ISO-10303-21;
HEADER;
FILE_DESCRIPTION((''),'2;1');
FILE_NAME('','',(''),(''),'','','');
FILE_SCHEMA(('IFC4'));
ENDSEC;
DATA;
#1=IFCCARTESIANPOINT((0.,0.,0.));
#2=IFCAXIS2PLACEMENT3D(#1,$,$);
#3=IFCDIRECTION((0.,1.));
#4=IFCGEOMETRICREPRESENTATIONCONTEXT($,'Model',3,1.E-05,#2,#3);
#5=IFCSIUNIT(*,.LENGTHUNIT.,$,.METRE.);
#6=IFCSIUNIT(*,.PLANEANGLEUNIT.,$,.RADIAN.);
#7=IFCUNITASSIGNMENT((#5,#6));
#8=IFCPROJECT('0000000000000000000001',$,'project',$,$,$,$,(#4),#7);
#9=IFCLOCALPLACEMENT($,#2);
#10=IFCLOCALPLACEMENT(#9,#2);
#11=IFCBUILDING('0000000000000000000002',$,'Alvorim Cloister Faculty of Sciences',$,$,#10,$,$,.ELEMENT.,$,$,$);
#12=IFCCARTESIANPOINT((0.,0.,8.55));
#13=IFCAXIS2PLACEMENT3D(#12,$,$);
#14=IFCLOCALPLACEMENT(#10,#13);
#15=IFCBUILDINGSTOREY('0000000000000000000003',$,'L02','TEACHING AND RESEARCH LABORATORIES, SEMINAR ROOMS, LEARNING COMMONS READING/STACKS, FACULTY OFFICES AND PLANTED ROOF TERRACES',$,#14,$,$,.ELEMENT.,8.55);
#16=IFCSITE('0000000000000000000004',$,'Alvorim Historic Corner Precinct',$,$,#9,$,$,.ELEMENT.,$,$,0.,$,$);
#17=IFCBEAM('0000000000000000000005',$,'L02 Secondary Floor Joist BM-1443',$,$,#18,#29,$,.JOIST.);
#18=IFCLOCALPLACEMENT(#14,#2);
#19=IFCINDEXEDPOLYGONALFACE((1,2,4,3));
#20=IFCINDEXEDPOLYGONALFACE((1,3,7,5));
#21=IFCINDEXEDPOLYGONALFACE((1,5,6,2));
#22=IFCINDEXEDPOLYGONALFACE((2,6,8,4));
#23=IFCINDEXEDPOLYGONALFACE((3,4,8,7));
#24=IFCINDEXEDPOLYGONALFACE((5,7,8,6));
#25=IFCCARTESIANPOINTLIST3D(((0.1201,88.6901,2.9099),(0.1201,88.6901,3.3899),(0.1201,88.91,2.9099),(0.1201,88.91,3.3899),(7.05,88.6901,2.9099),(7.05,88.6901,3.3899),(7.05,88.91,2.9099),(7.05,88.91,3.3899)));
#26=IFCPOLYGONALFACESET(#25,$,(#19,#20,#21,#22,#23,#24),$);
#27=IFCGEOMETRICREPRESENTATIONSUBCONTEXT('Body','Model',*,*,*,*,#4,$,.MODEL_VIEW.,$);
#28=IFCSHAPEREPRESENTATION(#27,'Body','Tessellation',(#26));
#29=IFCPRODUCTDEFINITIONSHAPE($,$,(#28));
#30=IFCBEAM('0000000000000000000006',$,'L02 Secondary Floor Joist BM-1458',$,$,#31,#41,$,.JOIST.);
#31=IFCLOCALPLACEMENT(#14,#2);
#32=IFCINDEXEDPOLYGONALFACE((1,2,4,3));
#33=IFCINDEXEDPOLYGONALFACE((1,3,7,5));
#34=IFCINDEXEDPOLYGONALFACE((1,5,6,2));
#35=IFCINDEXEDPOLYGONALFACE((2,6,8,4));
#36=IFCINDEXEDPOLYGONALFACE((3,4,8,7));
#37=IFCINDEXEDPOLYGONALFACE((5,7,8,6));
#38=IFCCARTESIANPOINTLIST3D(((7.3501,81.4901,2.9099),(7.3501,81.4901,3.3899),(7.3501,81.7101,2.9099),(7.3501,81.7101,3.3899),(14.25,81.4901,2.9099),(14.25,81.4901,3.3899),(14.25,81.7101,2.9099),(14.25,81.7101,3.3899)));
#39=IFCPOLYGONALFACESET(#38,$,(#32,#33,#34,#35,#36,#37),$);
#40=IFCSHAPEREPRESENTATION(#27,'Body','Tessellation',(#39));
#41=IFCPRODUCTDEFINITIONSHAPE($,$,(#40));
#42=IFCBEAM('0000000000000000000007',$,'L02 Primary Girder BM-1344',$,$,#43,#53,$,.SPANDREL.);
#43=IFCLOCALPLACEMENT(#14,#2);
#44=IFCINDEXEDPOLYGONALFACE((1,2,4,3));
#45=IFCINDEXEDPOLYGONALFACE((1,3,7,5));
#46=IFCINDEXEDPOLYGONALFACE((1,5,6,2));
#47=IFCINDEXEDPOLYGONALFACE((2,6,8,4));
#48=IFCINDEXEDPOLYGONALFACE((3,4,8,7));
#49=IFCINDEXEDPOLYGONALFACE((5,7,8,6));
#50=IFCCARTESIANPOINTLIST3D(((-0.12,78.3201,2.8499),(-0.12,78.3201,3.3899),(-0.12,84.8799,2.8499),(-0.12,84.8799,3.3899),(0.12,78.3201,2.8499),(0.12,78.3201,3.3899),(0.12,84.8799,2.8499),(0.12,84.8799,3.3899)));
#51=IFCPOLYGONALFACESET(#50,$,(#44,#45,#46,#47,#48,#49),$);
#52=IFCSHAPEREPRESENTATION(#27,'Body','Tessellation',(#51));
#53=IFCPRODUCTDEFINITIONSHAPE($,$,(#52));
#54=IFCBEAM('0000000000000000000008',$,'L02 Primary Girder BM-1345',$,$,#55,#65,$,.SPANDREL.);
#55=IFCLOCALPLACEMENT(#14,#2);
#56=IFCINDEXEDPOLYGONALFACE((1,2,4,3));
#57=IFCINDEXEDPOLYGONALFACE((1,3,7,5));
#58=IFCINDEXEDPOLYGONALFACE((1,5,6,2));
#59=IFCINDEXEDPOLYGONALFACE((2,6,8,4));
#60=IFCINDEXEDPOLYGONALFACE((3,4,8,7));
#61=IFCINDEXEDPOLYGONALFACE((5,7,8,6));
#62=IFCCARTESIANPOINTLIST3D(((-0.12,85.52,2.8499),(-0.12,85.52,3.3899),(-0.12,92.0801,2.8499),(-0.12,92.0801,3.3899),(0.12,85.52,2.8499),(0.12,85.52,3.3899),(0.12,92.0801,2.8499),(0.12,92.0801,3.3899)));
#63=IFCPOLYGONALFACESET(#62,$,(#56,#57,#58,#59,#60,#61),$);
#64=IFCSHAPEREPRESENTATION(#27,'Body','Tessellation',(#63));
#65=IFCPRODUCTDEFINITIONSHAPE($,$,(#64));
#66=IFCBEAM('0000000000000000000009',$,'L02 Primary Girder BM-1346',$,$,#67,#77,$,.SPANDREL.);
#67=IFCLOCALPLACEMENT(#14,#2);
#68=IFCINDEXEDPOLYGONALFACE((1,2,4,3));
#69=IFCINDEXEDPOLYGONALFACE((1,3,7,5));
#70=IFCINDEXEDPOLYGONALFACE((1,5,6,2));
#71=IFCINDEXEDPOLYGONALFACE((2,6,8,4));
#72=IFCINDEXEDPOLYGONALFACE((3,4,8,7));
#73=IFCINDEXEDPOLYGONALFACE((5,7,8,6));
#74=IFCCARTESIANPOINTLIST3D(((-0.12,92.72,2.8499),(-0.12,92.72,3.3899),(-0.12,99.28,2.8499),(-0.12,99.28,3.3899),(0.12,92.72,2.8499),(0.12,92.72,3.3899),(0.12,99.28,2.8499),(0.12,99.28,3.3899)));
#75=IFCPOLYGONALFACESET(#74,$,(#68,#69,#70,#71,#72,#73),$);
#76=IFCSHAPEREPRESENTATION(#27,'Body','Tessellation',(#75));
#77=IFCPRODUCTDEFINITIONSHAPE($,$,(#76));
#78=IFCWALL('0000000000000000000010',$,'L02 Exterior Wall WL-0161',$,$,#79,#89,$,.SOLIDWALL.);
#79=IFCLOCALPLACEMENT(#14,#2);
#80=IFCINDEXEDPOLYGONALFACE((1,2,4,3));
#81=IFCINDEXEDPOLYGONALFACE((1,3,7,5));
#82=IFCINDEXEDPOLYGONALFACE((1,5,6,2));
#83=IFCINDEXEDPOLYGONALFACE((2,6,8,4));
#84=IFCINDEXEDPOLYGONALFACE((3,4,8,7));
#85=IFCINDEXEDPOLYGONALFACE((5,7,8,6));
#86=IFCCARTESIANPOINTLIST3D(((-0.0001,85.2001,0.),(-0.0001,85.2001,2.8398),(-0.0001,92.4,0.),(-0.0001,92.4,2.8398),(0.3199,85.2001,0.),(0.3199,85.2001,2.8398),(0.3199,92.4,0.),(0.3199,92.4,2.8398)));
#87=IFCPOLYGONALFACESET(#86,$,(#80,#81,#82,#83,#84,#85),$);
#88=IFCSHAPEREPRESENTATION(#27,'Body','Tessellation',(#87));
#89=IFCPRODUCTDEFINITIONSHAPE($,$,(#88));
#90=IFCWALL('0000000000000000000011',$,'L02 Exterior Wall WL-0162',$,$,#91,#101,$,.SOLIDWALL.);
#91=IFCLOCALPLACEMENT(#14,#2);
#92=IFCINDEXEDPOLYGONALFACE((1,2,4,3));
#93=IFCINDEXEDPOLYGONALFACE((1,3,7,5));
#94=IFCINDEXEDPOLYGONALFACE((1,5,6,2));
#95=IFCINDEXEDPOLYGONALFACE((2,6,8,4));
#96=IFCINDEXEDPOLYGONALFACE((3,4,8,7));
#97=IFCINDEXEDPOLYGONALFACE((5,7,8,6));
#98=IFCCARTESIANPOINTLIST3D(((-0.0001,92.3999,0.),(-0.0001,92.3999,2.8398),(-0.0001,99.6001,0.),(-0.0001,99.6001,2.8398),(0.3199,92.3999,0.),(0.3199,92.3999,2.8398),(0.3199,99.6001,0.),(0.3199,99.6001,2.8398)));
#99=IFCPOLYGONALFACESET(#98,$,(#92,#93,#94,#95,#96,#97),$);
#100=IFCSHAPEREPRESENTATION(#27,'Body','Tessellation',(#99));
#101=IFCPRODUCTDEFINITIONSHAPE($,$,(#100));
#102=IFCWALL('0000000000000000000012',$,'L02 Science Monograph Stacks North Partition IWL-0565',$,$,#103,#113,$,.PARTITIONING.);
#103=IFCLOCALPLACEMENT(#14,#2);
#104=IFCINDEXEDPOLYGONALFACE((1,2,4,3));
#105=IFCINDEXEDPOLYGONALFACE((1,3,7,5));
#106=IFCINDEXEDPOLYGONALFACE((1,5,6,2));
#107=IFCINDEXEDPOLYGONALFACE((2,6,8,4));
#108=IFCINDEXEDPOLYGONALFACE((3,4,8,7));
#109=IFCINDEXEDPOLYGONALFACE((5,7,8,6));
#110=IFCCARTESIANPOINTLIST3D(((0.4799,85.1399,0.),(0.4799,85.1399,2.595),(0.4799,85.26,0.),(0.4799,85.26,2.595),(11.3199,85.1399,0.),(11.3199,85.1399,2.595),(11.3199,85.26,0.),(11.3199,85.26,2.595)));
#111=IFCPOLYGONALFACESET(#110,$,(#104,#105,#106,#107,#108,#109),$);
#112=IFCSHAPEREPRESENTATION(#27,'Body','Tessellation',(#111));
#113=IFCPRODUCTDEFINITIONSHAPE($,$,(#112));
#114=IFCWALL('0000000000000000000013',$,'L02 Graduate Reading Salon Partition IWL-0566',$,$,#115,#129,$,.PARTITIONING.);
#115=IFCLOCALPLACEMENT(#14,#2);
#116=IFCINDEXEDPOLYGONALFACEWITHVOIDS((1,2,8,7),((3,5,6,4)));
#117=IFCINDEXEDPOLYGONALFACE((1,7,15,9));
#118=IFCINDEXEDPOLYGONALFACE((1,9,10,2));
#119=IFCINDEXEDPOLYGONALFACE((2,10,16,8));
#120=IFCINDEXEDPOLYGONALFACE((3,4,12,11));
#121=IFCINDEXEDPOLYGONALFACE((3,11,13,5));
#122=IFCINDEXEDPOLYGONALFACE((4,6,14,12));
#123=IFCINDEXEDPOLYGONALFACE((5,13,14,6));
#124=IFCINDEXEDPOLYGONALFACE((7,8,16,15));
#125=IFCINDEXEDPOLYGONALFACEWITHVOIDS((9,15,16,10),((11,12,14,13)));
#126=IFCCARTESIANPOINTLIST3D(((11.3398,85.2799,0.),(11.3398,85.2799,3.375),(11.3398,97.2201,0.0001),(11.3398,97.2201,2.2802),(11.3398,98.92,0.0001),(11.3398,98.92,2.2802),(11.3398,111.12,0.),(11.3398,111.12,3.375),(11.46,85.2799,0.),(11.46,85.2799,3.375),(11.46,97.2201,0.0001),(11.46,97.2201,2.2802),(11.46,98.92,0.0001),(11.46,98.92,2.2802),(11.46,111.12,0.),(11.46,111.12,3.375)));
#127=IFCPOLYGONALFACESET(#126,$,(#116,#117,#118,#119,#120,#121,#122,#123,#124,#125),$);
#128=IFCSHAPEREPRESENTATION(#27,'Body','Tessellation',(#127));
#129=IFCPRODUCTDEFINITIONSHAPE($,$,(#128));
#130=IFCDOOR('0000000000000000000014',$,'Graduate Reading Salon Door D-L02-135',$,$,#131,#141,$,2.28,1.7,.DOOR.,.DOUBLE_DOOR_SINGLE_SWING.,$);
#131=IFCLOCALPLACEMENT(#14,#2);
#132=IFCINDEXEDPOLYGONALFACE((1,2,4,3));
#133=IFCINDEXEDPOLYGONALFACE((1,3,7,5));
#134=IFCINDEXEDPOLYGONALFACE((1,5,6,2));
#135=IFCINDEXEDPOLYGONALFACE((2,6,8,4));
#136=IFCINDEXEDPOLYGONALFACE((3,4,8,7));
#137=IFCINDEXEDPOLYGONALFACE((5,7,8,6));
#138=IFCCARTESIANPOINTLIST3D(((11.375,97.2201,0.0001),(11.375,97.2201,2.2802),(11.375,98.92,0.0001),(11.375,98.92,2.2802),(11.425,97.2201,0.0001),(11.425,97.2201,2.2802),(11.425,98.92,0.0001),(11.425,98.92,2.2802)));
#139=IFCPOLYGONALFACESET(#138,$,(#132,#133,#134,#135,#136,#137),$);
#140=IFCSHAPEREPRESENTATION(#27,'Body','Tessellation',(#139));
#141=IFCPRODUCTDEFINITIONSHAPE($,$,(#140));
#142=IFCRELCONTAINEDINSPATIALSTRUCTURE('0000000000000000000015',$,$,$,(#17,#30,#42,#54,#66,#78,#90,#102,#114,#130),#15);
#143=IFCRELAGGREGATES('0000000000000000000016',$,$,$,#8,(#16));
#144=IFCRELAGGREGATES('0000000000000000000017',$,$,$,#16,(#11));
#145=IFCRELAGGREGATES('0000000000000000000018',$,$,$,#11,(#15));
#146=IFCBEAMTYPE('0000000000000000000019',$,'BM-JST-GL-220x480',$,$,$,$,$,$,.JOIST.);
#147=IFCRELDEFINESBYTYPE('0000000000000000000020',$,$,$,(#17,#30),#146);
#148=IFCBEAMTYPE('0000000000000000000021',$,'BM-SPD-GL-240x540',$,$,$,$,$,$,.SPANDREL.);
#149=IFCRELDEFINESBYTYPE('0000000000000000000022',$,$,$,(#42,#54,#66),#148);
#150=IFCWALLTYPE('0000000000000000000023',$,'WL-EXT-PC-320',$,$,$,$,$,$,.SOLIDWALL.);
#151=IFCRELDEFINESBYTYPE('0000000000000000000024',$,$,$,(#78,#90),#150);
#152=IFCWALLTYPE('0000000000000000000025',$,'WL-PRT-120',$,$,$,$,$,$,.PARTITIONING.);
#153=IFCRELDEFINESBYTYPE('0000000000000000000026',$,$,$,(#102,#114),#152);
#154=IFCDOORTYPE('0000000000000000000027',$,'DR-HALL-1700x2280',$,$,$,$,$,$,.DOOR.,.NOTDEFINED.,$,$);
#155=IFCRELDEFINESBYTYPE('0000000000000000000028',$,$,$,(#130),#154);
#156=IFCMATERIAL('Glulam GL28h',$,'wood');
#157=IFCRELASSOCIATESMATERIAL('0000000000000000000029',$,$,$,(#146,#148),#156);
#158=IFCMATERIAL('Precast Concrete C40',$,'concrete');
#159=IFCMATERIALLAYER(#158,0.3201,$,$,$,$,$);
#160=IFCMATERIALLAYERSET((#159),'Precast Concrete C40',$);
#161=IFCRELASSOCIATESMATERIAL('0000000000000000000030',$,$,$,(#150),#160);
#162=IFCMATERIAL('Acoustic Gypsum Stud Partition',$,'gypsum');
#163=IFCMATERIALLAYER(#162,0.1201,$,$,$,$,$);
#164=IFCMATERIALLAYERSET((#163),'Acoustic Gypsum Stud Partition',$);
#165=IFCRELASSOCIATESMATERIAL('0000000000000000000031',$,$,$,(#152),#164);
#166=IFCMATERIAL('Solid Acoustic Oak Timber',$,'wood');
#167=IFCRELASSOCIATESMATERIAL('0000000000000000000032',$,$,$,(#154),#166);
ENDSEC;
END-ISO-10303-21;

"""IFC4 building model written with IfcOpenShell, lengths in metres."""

from ifc_helpers import new_model, si_unit, direction, frame, frame_2d, origin, origin_2d, place, context, subcontext, project, spatial, rectangle, extrude, material, layer, layer_set, material_profile, profile_set, type_object, element, fill, save


model = new_model("IFC4")

# Units and contexts
model_context = context("Model", 3, precision=1e-05, world=origin(), true_north=direction((0.0, 1.0)))
body_context = subcontext(model_context, "Body", "Model", "MODEL_VIEW")
ifc_project = project(units=[si_unit("LENGTHUNIT", "METRE"), si_unit("PLANEANGLEUNIT", "RADIAN")], contexts=[model_context])

# Site, building, storey
site_placement = place(None, origin())
site = spatial("IfcSite", under=ifc_project, at=site_placement, Name="Alvorim Historic Corner Precinct", CompositionType="ELEMENT", RefElevation=0.0)
building_placement = place(site_placement, origin())
building = spatial("IfcBuilding", under=site, at=building_placement, Name="Alvorim Cloister Faculty of Sciences", CompositionType="ELEMENT")
storey_placement = place(building_placement, frame((0.0, 0.0, 8.55)))
storey = spatial("IfcBuildingStorey", under=building, at=storey_placement, Name="L02", Description="TEACHING AND RESEARCH LABORATORIES, SEMINAR ROOMS, LEARNING COMMONS READING/STACKS, FACULTY OFFICES AND PLANTED ROOF TERRACES", CompositionType="ELEMENT", Elevation=8.55)

# Shared definitions
ifc_material_1 = material(Name="Precast Concrete C40", Category="concrete")

# Beams
ifc_material_2 = material(Name="Glulam GL28h", Category="wood")
ifc_material_profile_1 = material_profile(ifc_material_2, rectangle(XDim=0.22, YDim=0.48, at=origin_2d()), Name="GL28-JST-220x480")
ifc_profile_set_1 = profile_set([ifc_material_profile_1], Name="Glulam GL28h")
beam_type_1 = type_object("IfcBeamType", Name="BM-JST-GL-220x480", PredefinedType="JOIST", material=ifc_profile_set_1)
beam_1_placement = place(storey_placement, frame((0.1201, 88.8, 3.1499), z_axis=(1.0, 0.0, 0.0), x_axis=(0.0, 1.0, 0.0)))
element("IfcBeam", 1, at=beam_1_placement, inside=storey, type_object=beam_type_1, Name="L02 Secondary Floor Joist BM-1443", PredefinedType="JOIST", context=body_context, shape_type="SweptSolid", body=[
    extrude(rectangle(XDim=0.22, YDim=0.48, at=origin_2d()), origin(), (0.0, 0.0, 1.0), 6.9299),
])
beam_2_placement = place(storey_placement, frame((7.3501, 81.6001, 3.1499), z_axis=(1.0, 0.0, 0.0), x_axis=(0.0, 1.0, 0.0)))
element("IfcBeam", 2, at=beam_2_placement, inside=storey, type_object=beam_type_1, Name="L02 Secondary Floor Joist BM-1458", PredefinedType="JOIST", context=body_context, shape_type="SweptSolid", body=[
    extrude(rectangle(XDim=0.22, YDim=0.48, at=origin_2d()), origin(), (0.0, 0.0, 1.0), 6.8999),
])
ifc_material_profile_2 = material_profile(ifc_material_2, rectangle(XDim=0.24, YDim=0.54, at=origin_2d()), Name="GL28-SPD-240x540")
ifc_profile_set_2 = profile_set([ifc_material_profile_2], Name="Glulam GL28h")
beam_type_2 = type_object("IfcBeamType", Name="BM-SPD-GL-240x540", PredefinedType="SPANDREL", material=ifc_profile_set_2)
beam_3_placement = place(storey_placement, frame((0.0, 78.3201, 3.1199), z_axis=(0.0, 1.0, 0.0), x_axis=(-1.0, 0.0, 0.0)))
element("IfcBeam", 3, at=beam_3_placement, inside=storey, type_object=beam_type_2, Name="L02 Primary Girder BM-1344", PredefinedType="SPANDREL", context=body_context, shape_type="SweptSolid", body=[
    extrude(rectangle(XDim=0.24, YDim=0.54, at=origin_2d()), origin(), (0.0, 0.0, 1.0), 6.5598),
])
for number, where, z_axis, x_axis, name in (
    (4, (0.0, 85.52, 3.1199), (0.0, 1.0, 0.0), (-1.0, 0.0, 0.0), "L02 Primary Girder BM-1345"),
    (5, (0.0, 92.72, 3.1199), (0.0, 1.0, 0.0), (-1.0, 0.0, 0.0), "L02 Primary Girder BM-1346"),
):
    element("IfcBeam", number, at=place(storey_placement, frame(where, z_axis=z_axis, x_axis=x_axis)), inside=storey, type_object=beam_type_2, Name=name, PredefinedType="SPANDREL", context=body_context, shape_type="SweptSolid", body=[
        extrude(rectangle(XDim=0.24, YDim=0.54, at=origin_2d()), origin(), (0.0, 0.0, 1.0), 6.5601),
    ])

# Walls
ifc_layer_1 = layer(ifc_material_1, 0.3201)
ifc_layer_set_1 = layer_set([ifc_layer_1], Name="Precast Concrete C40")
wall_type_1 = type_object("IfcWallType", Name="WL-EXT-PC-320", PredefinedType="SOLIDWALL", material=ifc_layer_set_1)
wall_1_placement = place(storey_placement, frame((0.1599, 85.2, 0.0), z_axis=(0.0, 0.0, 1.0), x_axis=(0.0, 1.0, 0.0)))
element("IfcWall", 6, at=wall_1_placement, inside=storey, type_object=wall_type_1, Name="L02 Exterior Wall WL-0161", PredefinedType="SOLIDWALL", context=body_context, shape_type="SweptSolid", body=[
    extrude(rectangle(XDim=7.2, YDim=0.3201, at=frame_2d((3.6001, 0.0))), origin(), (0.0, 0.0, 1.0), 2.8398),
])
wall_2_placement = place(storey_placement, frame((0.1599, 92.3999, 0.0), z_axis=(0.0, 0.0, 1.0), x_axis=(0.0, 1.0, 0.0)))
element("IfcWall", 7, at=wall_2_placement, inside=storey, type_object=wall_type_1, Name="L02 Exterior Wall WL-0162", PredefinedType="SOLIDWALL", context=body_context, shape_type="SweptSolid", body=[
    extrude(rectangle(XDim=7.2002, YDim=0.3201, at=frame_2d((3.6001, 0.0))), origin(), (0.0, 0.0, 1.0), 2.8398),
])
ifc_material_3 = material(Name="Acoustic Gypsum Stud Partition", Category="gypsum")
ifc_layer_2 = layer(ifc_material_3, 0.1201)
ifc_layer_set_2 = layer_set([ifc_layer_2], Name="Acoustic Gypsum Stud Partition")
wall_type_2 = type_object("IfcWallType", Name="WL-PRT-120", PredefinedType="PARTITIONING", material=ifc_layer_set_2)
wall_3_placement = place(storey_placement, frame((0.48, 85.2, 0.0), z_axis=(0.0, 0.0, 1.0), x_axis=(1.0, 0.0, 0.0)))
element("IfcWall", 8, at=wall_3_placement, inside=storey, type_object=wall_type_2, Name="L02 Science Monograph Stacks North Partition IWL-0565", PredefinedType="PARTITIONING", context=body_context, shape_type="SweptSolid", body=[
    extrude(rectangle(XDim=10.8401, YDim=0.1201, at=frame_2d((5.4199, 0.0))), origin(), (0.0, 0.0, 1.0), 2.595),
])

# Wall, opening, door
wall_4_placement = place(storey_placement, frame((11.3999, 85.28, 0.0), z_axis=(0.0, 0.0, 1.0), x_axis=(0.0, 1.0, 0.0)))
wall_4 = element("IfcWall", 9, at=wall_4_placement, inside=storey, type_object=wall_type_2, Name="L02 Graduate Reading Salon Partition IWL-0566", PredefinedType="PARTITIONING", context=body_context, shape_type="SweptSolid", body=[
    extrude(rectangle(XDim=25.8401, YDim=0.1201, at=frame_2d((12.9199, 0.0))), origin(), (0.0, 0.0, 1.0), 3.375),
])
opening_placement = place(wall_4_placement, frame((11.9399, 0.0, 0.0)))
opening = element("IfcOpeningElement", 10, at=opening_placement, cuts=wall_4, PredefinedType="OPENING", context=body_context, shape_type="SweptSolid", body=[
    extrude(rectangle(XDim=1.7, YDim=2.28, at=frame_2d((0.8501, 1.1401))), frame((0.0, 0.072, 0.0), z_axis=(0.0, -1.0, 0.0), x_axis=(1.0, 0.0, 0.0)), (0.0, 0.0, 1.0), 0.144),
])
ifc_material_4 = material(Name="Solid Acoustic Oak Timber", Category="wood")
door_type = type_object("IfcDoorType", Name="DR-HALL-1700x2280", OperationType="NOTDEFINED", PredefinedType="DOOR", material=ifc_material_4)
door_placement = place(opening_placement, origin())
door = element("IfcDoor", 11, at=door_placement, inside=storey, type_object=door_type, Name="Graduate Reading Salon Door D-L02-135", OperationType="DOUBLE_DOOR_SINGLE_SWING", OverallHeight=2.28, OverallWidth=1.7, PredefinedType="DOOR", context=body_context, shape_type="SweptSolid", body=[
    extrude(rectangle(XDim=1.7, YDim=2.28, at=frame_2d((0.8501, 1.1401))), frame((0.0, 0.0249, 0.0), z_axis=(0.0, -1.0, 0.0), x_axis=(1.0, 0.0, 0.0)), (0.0, 0.0, 1.0), 0.05),
])
fill(opening, door)

save(model, "model.ifc")
